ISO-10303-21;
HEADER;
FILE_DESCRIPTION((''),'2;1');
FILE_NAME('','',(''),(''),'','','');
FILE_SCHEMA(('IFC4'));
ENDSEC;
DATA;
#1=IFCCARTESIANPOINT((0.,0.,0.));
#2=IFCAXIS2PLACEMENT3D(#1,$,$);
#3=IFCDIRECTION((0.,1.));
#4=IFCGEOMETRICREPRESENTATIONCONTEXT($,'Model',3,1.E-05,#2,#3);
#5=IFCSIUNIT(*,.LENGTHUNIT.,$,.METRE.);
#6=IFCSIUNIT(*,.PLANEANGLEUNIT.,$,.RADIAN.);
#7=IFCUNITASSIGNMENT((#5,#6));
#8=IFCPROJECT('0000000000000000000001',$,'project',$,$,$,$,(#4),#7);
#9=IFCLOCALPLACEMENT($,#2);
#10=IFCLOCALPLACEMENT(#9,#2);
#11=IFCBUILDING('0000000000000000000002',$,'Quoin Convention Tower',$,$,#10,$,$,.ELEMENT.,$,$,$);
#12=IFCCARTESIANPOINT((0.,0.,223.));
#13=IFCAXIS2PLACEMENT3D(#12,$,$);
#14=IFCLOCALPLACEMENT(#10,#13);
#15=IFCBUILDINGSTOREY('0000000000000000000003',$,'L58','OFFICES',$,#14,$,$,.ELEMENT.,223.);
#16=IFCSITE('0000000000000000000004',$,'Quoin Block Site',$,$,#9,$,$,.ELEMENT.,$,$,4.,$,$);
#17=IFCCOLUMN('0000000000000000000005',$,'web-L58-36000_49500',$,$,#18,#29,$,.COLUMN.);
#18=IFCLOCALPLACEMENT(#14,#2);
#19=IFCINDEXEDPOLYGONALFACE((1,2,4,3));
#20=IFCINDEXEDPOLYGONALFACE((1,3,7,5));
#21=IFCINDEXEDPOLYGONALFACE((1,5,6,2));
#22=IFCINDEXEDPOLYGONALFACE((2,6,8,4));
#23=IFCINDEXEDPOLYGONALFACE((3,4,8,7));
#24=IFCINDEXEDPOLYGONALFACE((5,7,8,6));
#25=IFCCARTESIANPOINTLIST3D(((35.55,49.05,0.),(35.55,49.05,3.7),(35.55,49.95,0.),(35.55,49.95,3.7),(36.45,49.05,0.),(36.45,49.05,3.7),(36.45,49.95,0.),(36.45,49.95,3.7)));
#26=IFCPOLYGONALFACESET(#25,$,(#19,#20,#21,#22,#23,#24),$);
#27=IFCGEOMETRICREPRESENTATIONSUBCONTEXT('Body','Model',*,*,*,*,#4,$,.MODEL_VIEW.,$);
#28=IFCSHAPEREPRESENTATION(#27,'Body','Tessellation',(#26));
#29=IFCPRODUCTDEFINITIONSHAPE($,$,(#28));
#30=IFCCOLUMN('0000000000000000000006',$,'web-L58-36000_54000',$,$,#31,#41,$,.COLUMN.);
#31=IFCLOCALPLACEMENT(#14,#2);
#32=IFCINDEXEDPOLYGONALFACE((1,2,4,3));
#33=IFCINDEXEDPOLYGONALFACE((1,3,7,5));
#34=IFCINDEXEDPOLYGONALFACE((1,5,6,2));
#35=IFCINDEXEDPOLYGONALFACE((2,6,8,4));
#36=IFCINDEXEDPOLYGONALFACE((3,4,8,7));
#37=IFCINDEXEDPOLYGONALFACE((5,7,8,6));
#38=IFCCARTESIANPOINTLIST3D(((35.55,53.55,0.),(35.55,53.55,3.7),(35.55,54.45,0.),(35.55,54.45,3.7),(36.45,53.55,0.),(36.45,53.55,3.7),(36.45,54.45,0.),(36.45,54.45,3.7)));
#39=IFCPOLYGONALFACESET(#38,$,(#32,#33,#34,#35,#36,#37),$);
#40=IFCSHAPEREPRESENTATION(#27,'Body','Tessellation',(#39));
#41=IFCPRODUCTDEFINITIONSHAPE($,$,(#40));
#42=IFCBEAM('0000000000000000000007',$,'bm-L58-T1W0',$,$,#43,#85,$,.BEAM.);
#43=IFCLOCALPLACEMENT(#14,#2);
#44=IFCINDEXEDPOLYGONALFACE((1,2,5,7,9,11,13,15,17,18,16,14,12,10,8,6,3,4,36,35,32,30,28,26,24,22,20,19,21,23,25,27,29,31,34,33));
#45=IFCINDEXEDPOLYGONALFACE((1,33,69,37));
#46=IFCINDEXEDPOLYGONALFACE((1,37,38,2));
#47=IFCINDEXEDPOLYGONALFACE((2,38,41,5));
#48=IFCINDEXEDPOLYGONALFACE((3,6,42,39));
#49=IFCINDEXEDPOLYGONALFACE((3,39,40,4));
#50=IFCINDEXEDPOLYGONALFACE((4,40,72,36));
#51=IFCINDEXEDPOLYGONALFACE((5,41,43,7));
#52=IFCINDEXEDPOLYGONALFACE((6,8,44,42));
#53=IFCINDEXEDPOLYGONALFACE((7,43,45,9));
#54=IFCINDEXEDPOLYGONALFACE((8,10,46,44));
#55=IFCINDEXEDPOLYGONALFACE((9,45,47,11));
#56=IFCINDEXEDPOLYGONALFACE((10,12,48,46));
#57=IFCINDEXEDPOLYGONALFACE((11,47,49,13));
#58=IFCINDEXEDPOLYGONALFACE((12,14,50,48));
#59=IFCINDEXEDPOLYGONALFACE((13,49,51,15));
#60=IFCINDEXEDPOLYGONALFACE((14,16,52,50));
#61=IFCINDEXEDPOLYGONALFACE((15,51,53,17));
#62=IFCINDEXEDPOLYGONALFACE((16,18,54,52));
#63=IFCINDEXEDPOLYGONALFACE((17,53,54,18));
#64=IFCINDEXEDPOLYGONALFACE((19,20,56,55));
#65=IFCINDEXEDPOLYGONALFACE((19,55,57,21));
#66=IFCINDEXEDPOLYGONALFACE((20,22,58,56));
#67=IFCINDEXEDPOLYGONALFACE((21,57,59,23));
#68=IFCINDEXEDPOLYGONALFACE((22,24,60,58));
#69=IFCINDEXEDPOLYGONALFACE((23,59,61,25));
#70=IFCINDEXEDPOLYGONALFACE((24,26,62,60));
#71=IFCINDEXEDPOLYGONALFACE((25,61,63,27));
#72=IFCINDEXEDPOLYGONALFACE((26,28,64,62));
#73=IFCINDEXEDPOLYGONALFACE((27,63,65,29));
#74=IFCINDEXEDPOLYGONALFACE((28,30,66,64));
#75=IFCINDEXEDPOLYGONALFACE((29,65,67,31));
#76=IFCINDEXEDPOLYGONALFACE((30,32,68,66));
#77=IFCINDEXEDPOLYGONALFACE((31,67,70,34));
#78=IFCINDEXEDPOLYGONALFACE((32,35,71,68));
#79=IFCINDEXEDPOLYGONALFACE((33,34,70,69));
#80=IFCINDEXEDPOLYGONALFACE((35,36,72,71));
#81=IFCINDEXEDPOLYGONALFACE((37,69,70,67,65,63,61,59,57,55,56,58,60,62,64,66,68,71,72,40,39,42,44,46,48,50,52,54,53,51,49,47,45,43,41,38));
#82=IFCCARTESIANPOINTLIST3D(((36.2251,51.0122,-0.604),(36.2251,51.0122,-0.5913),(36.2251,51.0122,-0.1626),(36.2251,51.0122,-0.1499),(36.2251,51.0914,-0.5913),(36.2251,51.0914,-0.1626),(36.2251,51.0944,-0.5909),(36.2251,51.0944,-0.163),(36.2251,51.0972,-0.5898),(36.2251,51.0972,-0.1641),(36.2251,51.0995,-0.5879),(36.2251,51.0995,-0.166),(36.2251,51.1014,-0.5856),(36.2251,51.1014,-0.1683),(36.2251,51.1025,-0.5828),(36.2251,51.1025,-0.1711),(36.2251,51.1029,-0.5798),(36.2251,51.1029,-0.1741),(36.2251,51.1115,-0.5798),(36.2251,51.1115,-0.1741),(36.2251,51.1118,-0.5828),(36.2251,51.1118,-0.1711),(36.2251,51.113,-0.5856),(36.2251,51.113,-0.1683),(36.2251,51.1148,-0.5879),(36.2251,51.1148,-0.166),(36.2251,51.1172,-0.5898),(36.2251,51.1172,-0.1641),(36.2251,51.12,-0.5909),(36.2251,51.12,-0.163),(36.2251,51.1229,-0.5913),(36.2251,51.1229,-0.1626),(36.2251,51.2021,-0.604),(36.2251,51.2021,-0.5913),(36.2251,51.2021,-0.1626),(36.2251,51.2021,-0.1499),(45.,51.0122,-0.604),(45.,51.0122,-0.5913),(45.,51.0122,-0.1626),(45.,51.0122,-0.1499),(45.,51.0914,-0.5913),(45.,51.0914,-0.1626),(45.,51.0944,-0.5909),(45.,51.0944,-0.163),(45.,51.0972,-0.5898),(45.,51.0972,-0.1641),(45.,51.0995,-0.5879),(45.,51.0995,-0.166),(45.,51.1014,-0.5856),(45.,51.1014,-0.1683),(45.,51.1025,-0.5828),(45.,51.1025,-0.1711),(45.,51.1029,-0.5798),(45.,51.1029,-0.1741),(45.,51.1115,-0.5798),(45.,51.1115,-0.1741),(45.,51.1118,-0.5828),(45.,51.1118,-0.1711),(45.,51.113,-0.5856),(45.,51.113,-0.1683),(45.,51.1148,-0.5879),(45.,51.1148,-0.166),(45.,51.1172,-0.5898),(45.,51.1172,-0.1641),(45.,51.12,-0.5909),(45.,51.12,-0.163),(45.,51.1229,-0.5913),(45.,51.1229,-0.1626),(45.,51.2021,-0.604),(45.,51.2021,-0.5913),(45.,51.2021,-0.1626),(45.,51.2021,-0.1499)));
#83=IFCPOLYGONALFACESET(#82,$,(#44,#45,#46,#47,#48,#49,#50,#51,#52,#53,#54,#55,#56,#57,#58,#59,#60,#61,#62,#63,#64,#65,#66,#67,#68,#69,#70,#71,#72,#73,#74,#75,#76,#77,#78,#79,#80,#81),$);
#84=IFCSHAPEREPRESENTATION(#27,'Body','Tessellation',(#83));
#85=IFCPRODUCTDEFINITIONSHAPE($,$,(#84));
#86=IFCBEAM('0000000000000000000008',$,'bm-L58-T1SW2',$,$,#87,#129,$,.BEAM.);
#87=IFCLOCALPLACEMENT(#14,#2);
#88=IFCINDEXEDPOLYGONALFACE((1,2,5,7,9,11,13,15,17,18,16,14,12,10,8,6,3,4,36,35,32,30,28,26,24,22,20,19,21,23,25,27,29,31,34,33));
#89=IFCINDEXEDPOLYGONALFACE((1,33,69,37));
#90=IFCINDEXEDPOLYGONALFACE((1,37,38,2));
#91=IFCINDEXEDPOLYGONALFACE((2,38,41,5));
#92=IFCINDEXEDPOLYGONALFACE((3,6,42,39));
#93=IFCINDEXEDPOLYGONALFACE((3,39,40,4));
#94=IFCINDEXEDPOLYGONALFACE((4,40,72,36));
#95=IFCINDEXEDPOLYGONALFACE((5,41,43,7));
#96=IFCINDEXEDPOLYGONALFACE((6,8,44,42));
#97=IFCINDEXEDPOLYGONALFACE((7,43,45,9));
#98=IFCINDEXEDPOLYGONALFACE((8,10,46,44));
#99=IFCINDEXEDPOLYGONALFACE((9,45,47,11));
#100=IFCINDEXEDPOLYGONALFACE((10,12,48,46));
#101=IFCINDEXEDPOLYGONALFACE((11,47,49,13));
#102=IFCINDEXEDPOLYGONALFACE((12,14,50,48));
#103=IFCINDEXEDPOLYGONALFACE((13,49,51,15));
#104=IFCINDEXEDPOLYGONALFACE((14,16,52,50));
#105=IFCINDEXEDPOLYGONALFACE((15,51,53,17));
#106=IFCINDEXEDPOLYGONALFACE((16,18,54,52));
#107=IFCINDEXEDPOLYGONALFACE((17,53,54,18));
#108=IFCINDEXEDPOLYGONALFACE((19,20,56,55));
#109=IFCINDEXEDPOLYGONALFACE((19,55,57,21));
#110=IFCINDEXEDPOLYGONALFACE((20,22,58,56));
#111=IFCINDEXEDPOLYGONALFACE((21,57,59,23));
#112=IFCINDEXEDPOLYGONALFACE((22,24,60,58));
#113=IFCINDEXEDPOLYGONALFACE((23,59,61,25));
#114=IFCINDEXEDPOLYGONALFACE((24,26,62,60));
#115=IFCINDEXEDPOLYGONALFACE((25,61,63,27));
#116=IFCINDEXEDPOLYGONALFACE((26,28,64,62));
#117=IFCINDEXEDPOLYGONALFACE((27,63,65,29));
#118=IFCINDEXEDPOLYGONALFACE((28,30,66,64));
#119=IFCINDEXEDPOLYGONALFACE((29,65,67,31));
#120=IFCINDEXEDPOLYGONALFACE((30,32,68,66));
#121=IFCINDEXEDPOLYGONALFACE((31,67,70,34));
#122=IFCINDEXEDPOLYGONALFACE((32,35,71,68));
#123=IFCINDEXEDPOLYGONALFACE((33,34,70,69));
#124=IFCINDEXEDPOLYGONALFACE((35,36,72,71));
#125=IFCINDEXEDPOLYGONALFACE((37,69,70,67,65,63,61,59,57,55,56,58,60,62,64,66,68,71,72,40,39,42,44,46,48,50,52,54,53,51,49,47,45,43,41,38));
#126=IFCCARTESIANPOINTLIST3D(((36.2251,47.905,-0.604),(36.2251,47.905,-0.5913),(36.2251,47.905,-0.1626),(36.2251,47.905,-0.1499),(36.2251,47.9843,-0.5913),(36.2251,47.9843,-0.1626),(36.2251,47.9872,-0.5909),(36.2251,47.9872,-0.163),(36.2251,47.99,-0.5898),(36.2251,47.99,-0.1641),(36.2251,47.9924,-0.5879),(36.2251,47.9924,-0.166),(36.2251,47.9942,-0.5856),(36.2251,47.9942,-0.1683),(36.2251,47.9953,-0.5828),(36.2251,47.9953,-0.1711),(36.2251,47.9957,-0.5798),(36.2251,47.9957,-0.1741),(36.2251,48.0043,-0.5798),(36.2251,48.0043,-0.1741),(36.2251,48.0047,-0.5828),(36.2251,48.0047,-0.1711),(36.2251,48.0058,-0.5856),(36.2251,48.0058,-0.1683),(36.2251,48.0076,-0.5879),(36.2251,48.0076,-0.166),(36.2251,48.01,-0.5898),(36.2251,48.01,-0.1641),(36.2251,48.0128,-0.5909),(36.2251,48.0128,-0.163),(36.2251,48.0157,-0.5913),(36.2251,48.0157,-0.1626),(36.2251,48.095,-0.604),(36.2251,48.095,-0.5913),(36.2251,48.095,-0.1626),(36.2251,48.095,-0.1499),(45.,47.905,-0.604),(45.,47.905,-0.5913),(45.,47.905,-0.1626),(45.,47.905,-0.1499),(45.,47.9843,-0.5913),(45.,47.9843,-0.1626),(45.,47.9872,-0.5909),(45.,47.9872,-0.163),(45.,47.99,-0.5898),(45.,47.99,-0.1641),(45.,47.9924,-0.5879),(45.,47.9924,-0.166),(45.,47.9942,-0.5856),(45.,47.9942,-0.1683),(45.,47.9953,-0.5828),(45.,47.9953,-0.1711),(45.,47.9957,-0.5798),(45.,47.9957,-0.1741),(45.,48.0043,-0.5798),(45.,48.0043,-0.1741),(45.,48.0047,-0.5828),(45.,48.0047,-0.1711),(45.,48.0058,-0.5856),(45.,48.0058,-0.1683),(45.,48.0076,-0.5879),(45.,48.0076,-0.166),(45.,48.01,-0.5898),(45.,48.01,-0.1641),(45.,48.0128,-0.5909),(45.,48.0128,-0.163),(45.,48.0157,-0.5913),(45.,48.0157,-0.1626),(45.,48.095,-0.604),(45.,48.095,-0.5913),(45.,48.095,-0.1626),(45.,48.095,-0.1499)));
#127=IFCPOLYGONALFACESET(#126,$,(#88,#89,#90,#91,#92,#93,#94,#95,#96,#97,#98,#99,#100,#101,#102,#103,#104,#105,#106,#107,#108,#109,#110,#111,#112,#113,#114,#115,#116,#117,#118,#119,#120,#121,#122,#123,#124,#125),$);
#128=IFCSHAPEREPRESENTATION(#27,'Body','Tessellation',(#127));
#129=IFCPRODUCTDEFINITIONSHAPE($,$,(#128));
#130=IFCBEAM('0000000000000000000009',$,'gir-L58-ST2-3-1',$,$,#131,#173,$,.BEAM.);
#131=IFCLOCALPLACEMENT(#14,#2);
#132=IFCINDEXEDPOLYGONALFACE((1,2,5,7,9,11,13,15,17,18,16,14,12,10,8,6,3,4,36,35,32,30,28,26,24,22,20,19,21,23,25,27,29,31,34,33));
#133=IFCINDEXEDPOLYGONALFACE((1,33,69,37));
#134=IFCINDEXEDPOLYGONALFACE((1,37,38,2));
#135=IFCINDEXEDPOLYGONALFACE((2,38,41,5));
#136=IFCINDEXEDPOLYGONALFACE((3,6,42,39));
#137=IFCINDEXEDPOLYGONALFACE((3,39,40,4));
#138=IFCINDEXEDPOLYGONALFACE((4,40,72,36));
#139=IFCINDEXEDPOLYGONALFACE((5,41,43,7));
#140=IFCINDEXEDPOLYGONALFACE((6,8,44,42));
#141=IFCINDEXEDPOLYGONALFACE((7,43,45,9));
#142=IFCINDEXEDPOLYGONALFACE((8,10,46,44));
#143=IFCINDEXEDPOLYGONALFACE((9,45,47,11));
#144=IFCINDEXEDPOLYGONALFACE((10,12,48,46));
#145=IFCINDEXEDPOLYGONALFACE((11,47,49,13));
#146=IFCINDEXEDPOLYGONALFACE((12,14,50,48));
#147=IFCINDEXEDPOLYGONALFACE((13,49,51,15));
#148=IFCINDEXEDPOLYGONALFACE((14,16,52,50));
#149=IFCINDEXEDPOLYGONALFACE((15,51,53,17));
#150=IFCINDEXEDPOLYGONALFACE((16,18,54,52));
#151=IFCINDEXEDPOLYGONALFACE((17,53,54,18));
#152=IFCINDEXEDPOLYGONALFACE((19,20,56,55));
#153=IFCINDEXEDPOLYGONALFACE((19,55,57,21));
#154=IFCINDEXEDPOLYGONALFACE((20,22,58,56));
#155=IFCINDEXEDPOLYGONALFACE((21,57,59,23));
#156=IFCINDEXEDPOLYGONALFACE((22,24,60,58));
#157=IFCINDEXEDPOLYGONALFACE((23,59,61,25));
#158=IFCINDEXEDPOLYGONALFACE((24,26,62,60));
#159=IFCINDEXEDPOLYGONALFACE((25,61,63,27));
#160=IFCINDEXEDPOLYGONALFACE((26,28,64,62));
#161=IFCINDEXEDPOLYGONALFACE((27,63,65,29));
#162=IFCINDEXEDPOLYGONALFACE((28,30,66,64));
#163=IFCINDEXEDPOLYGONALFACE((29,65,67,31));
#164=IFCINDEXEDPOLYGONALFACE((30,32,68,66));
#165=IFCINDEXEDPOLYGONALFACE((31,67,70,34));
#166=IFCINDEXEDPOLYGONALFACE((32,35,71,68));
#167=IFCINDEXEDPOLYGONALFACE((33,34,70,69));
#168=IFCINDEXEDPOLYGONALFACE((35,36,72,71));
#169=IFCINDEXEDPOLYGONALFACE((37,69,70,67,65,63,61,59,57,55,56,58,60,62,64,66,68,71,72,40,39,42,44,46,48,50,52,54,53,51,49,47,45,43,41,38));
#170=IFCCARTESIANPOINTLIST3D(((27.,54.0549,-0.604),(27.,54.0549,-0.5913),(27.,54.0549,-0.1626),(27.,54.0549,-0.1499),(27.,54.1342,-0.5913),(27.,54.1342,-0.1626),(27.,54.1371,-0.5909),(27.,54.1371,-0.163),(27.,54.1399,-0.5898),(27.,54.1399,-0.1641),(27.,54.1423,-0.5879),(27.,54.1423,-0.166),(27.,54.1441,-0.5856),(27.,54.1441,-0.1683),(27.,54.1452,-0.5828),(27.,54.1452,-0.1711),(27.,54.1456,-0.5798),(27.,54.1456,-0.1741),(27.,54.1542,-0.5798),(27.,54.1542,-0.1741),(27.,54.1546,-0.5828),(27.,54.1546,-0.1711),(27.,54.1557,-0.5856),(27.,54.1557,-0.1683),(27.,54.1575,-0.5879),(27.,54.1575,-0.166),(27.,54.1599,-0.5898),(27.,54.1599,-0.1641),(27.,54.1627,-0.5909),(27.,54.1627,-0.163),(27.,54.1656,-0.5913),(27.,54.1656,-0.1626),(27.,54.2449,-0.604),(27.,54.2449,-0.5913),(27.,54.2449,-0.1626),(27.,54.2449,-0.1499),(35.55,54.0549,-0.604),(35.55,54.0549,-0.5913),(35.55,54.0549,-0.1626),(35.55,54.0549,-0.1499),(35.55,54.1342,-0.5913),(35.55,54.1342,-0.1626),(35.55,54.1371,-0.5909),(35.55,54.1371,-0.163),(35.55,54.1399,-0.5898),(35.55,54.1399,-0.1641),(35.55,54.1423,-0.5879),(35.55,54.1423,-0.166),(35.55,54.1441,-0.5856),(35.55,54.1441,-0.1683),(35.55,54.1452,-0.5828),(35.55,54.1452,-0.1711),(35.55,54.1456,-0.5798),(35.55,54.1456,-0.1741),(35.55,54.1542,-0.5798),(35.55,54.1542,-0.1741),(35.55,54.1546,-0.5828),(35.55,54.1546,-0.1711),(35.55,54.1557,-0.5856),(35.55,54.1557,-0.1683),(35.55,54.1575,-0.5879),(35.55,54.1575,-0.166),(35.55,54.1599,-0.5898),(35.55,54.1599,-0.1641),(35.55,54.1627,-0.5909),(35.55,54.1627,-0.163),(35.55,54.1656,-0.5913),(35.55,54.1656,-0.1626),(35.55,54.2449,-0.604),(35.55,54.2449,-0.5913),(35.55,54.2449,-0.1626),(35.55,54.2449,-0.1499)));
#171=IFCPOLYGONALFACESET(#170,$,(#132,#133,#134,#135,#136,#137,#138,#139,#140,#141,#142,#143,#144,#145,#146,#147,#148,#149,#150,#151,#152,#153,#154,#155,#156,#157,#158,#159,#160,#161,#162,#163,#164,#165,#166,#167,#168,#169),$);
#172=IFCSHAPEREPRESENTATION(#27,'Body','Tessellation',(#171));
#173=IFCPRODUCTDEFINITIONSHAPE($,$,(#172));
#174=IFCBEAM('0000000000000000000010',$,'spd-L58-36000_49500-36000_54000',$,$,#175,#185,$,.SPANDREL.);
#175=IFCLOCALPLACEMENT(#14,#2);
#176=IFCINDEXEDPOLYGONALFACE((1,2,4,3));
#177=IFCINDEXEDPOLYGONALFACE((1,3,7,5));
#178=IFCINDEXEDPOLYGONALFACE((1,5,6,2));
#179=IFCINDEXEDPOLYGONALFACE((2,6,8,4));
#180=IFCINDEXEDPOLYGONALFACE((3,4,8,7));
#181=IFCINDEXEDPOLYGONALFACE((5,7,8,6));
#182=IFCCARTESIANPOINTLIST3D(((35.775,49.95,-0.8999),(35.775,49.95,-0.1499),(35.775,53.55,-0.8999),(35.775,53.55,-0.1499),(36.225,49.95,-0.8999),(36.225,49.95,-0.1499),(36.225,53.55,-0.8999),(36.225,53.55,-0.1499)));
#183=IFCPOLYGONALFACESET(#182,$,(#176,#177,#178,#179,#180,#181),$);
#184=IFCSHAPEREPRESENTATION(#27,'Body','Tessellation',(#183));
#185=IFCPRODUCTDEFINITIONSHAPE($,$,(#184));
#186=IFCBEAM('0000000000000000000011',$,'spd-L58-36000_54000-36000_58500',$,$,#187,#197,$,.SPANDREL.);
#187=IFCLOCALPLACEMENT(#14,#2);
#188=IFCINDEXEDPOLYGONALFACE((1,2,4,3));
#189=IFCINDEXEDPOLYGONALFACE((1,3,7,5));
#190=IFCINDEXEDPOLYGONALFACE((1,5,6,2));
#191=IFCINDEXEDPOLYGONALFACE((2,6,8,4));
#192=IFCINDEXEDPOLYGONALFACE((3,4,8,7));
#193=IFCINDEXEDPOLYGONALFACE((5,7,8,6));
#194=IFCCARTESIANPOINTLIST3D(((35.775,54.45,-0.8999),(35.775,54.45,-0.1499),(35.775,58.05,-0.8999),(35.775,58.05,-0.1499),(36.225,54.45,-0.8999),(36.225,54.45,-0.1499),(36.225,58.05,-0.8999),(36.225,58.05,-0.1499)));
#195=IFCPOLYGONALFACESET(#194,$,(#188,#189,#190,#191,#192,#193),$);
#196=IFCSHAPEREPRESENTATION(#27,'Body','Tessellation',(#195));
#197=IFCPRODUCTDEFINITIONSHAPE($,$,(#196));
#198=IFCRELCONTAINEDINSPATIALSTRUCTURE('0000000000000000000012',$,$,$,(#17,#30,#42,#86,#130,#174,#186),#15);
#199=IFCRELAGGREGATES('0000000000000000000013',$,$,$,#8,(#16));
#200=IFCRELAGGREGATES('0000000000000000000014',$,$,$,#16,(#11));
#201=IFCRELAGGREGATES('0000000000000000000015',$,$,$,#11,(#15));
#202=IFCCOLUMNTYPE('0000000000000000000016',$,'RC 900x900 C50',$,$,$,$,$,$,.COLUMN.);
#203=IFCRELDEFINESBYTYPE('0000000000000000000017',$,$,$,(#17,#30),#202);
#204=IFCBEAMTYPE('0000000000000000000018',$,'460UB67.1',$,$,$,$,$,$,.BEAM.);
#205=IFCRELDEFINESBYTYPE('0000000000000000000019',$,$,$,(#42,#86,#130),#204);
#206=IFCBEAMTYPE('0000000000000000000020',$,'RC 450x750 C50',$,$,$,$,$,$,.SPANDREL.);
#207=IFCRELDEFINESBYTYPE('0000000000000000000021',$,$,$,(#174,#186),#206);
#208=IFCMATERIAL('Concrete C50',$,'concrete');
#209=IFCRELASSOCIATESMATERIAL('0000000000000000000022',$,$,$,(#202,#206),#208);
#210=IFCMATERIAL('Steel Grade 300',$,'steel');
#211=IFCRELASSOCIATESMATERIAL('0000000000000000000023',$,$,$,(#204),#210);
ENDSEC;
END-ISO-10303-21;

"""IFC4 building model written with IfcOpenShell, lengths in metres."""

from ifc_helpers import new_model, si_unit, direction, frame, origin, origin_2d, place, context, subcontext, project, spatial, rectangle, i_section, extrude, material, material_profile, profile_set, type_object, element, save


model = new_model("IFC4")

# Units and contexts
model_context = context("Model", 3, precision=1e-05, world=origin(), true_north=direction((0.0, 1.0)))
body_context = subcontext(model_context, "Body", "Model", "MODEL_VIEW")
ifc_project = project(units=[si_unit("LENGTHUNIT", "METRE"), si_unit("PLANEANGLEUNIT", "RADIAN")], contexts=[model_context])

# Site, building, storey
site_placement = place(None, origin())
site = spatial("IfcSite", under=ifc_project, at=site_placement, Name="Quoin Block Site", CompositionType="ELEMENT", RefElevation=4.0)
building_placement = place(site_placement, origin())
building = spatial("IfcBuilding", under=site, at=building_placement, Name="Quoin Convention Tower", CompositionType="ELEMENT")
storey_placement = place(building_placement, frame((0.0, 0.0, 223.0)))
storey = spatial("IfcBuildingStorey", under=building, at=storey_placement, Name="L58", Description="OFFICES", CompositionType="ELEMENT", Elevation=223.0)

# Columns
ifc_material_1 = material(Name="Concrete C50", Category="concrete")
ifc_material_profile_1 = material_profile(ifc_material_1, rectangle(XDim=0.8999, YDim=0.8999, at=origin_2d()), Name="RC 900x900")
ifc_profile_set_1 = profile_set([ifc_material_profile_1], Name="Concrete C50")
column_type = type_object("IfcColumnType", Name="RC 900x900 C50", PredefinedType="COLUMN", material=ifc_profile_set_1)
for number, where, z_axis, x_axis, name in (
    (1, (36.0, 49.5, 0.0), (0.0, 0.0, 1.0), (1.0, 0.0, 0.0), "web-L58-36000_49500"),
    (2, (36.0, 54.0, 0.0), (0.0, 0.0, 1.0), (1.0, 0.0, 0.0), "web-L58-36000_54000"),
):
    element("IfcColumn", number, at=place(storey_placement, frame(where, z_axis=z_axis, x_axis=x_axis)), inside=storey, type_object=column_type, Name=name, PredefinedType="COLUMN", context=body_context, shape_type="SweptSolid", body=[
        extrude(rectangle(XDim=0.8999, YDim=0.8999, at=origin_2d()), origin(), (0.0, 0.0, 1.0), 3.7),
    ])

# Beams
ifc_material_2 = material(Name="Steel Grade 300", Category="steel")
ifc_material_profile_2 = material_profile(ifc_material_2, i_section(OverallWidth=0.1899, OverallDepth=0.4541, WebThickness=0.0085, FlangeThickness=0.0127, FilletRadius=0.0115, at=origin_2d()), Name="460UB67.1")
ifc_profile_set_2 = profile_set([ifc_material_profile_2], Name="Steel Grade 300")
beam_type_1 = type_object("IfcBeamType", Name="460UB67.1", PredefinedType="BEAM", material=ifc_profile_set_2)
for number, where, z_axis, x_axis, name in (
    (3, (36.2251, 51.1072, -0.377), (1.0, 0.0, 0.0), (0.0, 1.0, 0.0), "bm-L58-T1W0"),
    (4, (36.2251, 48.0, -0.377), (1.0, 0.0, 0.0), (0.0, 1.0, 0.0), "bm-L58-T1SW2"),
):
    element("IfcBeam", number, at=place(storey_placement, frame(where, z_axis=z_axis, x_axis=x_axis)), inside=storey, type_object=beam_type_1, Name=name, PredefinedType="BEAM", context=body_context, shape_type="SweptSolid", body=[
        extrude(i_section(OverallWidth=0.1899, OverallDepth=0.4541, WebThickness=0.0085, FlangeThickness=0.0127, FilletRadius=0.0115, at=origin_2d()), origin(), (0.0, 0.0, 1.0), 8.7749),
    ])
beam_placement = place(storey_placement, frame((27.0, 54.1499, -0.377), z_axis=(1.0, 0.0, 0.0), x_axis=(0.0, 1.0, 0.0)))
element("IfcBeam", 5, at=beam_placement, inside=storey, type_object=beam_type_1, Name="gir-L58-ST2-3-1", PredefinedType="BEAM", context=body_context, shape_type="SweptSolid", body=[
    extrude(i_section(OverallWidth=0.1899, OverallDepth=0.4541, WebThickness=0.0085, FlangeThickness=0.0127, FilletRadius=0.0115, at=origin_2d()), origin(), (0.0, 0.0, 1.0), 8.55),
])
ifc_material_profile_3 = material_profile(ifc_material_1, rectangle(XDim=0.45, YDim=0.75, at=origin_2d()), Name="RC 450x750")
ifc_profile_set_3 = profile_set([ifc_material_profile_3], Name="Concrete C50")
beam_type_2 = type_object("IfcBeamType", Name="RC 450x750 C50", PredefinedType="SPANDREL", material=ifc_profile_set_3)
for number, where, z_axis, x_axis, name in (
    (6, (36.0, 49.95, -0.5249), (0.0, 1.0, 0.0), (-1.0, 0.0, 0.0), "spd-L58-36000_49500-36000_54000"),
    (7, (36.0, 54.45, -0.5249), (0.0, 1.0, 0.0), (-1.0, 0.0, 0.0), "spd-L58-36000_54000-36000_58500"),
):
    element("IfcBeam", number, at=place(storey_placement, frame(where, z_axis=z_axis, x_axis=x_axis)), inside=storey, type_object=beam_type_2, Name=name, PredefinedType="SPANDREL", context=body_context, shape_type="SweptSolid", body=[
        extrude(rectangle(XDim=0.45, YDim=0.75, at=origin_2d()), origin(), (0.0, 0.0, 1.0), 3.6001),
    ])

save(model, "model.ifc")
